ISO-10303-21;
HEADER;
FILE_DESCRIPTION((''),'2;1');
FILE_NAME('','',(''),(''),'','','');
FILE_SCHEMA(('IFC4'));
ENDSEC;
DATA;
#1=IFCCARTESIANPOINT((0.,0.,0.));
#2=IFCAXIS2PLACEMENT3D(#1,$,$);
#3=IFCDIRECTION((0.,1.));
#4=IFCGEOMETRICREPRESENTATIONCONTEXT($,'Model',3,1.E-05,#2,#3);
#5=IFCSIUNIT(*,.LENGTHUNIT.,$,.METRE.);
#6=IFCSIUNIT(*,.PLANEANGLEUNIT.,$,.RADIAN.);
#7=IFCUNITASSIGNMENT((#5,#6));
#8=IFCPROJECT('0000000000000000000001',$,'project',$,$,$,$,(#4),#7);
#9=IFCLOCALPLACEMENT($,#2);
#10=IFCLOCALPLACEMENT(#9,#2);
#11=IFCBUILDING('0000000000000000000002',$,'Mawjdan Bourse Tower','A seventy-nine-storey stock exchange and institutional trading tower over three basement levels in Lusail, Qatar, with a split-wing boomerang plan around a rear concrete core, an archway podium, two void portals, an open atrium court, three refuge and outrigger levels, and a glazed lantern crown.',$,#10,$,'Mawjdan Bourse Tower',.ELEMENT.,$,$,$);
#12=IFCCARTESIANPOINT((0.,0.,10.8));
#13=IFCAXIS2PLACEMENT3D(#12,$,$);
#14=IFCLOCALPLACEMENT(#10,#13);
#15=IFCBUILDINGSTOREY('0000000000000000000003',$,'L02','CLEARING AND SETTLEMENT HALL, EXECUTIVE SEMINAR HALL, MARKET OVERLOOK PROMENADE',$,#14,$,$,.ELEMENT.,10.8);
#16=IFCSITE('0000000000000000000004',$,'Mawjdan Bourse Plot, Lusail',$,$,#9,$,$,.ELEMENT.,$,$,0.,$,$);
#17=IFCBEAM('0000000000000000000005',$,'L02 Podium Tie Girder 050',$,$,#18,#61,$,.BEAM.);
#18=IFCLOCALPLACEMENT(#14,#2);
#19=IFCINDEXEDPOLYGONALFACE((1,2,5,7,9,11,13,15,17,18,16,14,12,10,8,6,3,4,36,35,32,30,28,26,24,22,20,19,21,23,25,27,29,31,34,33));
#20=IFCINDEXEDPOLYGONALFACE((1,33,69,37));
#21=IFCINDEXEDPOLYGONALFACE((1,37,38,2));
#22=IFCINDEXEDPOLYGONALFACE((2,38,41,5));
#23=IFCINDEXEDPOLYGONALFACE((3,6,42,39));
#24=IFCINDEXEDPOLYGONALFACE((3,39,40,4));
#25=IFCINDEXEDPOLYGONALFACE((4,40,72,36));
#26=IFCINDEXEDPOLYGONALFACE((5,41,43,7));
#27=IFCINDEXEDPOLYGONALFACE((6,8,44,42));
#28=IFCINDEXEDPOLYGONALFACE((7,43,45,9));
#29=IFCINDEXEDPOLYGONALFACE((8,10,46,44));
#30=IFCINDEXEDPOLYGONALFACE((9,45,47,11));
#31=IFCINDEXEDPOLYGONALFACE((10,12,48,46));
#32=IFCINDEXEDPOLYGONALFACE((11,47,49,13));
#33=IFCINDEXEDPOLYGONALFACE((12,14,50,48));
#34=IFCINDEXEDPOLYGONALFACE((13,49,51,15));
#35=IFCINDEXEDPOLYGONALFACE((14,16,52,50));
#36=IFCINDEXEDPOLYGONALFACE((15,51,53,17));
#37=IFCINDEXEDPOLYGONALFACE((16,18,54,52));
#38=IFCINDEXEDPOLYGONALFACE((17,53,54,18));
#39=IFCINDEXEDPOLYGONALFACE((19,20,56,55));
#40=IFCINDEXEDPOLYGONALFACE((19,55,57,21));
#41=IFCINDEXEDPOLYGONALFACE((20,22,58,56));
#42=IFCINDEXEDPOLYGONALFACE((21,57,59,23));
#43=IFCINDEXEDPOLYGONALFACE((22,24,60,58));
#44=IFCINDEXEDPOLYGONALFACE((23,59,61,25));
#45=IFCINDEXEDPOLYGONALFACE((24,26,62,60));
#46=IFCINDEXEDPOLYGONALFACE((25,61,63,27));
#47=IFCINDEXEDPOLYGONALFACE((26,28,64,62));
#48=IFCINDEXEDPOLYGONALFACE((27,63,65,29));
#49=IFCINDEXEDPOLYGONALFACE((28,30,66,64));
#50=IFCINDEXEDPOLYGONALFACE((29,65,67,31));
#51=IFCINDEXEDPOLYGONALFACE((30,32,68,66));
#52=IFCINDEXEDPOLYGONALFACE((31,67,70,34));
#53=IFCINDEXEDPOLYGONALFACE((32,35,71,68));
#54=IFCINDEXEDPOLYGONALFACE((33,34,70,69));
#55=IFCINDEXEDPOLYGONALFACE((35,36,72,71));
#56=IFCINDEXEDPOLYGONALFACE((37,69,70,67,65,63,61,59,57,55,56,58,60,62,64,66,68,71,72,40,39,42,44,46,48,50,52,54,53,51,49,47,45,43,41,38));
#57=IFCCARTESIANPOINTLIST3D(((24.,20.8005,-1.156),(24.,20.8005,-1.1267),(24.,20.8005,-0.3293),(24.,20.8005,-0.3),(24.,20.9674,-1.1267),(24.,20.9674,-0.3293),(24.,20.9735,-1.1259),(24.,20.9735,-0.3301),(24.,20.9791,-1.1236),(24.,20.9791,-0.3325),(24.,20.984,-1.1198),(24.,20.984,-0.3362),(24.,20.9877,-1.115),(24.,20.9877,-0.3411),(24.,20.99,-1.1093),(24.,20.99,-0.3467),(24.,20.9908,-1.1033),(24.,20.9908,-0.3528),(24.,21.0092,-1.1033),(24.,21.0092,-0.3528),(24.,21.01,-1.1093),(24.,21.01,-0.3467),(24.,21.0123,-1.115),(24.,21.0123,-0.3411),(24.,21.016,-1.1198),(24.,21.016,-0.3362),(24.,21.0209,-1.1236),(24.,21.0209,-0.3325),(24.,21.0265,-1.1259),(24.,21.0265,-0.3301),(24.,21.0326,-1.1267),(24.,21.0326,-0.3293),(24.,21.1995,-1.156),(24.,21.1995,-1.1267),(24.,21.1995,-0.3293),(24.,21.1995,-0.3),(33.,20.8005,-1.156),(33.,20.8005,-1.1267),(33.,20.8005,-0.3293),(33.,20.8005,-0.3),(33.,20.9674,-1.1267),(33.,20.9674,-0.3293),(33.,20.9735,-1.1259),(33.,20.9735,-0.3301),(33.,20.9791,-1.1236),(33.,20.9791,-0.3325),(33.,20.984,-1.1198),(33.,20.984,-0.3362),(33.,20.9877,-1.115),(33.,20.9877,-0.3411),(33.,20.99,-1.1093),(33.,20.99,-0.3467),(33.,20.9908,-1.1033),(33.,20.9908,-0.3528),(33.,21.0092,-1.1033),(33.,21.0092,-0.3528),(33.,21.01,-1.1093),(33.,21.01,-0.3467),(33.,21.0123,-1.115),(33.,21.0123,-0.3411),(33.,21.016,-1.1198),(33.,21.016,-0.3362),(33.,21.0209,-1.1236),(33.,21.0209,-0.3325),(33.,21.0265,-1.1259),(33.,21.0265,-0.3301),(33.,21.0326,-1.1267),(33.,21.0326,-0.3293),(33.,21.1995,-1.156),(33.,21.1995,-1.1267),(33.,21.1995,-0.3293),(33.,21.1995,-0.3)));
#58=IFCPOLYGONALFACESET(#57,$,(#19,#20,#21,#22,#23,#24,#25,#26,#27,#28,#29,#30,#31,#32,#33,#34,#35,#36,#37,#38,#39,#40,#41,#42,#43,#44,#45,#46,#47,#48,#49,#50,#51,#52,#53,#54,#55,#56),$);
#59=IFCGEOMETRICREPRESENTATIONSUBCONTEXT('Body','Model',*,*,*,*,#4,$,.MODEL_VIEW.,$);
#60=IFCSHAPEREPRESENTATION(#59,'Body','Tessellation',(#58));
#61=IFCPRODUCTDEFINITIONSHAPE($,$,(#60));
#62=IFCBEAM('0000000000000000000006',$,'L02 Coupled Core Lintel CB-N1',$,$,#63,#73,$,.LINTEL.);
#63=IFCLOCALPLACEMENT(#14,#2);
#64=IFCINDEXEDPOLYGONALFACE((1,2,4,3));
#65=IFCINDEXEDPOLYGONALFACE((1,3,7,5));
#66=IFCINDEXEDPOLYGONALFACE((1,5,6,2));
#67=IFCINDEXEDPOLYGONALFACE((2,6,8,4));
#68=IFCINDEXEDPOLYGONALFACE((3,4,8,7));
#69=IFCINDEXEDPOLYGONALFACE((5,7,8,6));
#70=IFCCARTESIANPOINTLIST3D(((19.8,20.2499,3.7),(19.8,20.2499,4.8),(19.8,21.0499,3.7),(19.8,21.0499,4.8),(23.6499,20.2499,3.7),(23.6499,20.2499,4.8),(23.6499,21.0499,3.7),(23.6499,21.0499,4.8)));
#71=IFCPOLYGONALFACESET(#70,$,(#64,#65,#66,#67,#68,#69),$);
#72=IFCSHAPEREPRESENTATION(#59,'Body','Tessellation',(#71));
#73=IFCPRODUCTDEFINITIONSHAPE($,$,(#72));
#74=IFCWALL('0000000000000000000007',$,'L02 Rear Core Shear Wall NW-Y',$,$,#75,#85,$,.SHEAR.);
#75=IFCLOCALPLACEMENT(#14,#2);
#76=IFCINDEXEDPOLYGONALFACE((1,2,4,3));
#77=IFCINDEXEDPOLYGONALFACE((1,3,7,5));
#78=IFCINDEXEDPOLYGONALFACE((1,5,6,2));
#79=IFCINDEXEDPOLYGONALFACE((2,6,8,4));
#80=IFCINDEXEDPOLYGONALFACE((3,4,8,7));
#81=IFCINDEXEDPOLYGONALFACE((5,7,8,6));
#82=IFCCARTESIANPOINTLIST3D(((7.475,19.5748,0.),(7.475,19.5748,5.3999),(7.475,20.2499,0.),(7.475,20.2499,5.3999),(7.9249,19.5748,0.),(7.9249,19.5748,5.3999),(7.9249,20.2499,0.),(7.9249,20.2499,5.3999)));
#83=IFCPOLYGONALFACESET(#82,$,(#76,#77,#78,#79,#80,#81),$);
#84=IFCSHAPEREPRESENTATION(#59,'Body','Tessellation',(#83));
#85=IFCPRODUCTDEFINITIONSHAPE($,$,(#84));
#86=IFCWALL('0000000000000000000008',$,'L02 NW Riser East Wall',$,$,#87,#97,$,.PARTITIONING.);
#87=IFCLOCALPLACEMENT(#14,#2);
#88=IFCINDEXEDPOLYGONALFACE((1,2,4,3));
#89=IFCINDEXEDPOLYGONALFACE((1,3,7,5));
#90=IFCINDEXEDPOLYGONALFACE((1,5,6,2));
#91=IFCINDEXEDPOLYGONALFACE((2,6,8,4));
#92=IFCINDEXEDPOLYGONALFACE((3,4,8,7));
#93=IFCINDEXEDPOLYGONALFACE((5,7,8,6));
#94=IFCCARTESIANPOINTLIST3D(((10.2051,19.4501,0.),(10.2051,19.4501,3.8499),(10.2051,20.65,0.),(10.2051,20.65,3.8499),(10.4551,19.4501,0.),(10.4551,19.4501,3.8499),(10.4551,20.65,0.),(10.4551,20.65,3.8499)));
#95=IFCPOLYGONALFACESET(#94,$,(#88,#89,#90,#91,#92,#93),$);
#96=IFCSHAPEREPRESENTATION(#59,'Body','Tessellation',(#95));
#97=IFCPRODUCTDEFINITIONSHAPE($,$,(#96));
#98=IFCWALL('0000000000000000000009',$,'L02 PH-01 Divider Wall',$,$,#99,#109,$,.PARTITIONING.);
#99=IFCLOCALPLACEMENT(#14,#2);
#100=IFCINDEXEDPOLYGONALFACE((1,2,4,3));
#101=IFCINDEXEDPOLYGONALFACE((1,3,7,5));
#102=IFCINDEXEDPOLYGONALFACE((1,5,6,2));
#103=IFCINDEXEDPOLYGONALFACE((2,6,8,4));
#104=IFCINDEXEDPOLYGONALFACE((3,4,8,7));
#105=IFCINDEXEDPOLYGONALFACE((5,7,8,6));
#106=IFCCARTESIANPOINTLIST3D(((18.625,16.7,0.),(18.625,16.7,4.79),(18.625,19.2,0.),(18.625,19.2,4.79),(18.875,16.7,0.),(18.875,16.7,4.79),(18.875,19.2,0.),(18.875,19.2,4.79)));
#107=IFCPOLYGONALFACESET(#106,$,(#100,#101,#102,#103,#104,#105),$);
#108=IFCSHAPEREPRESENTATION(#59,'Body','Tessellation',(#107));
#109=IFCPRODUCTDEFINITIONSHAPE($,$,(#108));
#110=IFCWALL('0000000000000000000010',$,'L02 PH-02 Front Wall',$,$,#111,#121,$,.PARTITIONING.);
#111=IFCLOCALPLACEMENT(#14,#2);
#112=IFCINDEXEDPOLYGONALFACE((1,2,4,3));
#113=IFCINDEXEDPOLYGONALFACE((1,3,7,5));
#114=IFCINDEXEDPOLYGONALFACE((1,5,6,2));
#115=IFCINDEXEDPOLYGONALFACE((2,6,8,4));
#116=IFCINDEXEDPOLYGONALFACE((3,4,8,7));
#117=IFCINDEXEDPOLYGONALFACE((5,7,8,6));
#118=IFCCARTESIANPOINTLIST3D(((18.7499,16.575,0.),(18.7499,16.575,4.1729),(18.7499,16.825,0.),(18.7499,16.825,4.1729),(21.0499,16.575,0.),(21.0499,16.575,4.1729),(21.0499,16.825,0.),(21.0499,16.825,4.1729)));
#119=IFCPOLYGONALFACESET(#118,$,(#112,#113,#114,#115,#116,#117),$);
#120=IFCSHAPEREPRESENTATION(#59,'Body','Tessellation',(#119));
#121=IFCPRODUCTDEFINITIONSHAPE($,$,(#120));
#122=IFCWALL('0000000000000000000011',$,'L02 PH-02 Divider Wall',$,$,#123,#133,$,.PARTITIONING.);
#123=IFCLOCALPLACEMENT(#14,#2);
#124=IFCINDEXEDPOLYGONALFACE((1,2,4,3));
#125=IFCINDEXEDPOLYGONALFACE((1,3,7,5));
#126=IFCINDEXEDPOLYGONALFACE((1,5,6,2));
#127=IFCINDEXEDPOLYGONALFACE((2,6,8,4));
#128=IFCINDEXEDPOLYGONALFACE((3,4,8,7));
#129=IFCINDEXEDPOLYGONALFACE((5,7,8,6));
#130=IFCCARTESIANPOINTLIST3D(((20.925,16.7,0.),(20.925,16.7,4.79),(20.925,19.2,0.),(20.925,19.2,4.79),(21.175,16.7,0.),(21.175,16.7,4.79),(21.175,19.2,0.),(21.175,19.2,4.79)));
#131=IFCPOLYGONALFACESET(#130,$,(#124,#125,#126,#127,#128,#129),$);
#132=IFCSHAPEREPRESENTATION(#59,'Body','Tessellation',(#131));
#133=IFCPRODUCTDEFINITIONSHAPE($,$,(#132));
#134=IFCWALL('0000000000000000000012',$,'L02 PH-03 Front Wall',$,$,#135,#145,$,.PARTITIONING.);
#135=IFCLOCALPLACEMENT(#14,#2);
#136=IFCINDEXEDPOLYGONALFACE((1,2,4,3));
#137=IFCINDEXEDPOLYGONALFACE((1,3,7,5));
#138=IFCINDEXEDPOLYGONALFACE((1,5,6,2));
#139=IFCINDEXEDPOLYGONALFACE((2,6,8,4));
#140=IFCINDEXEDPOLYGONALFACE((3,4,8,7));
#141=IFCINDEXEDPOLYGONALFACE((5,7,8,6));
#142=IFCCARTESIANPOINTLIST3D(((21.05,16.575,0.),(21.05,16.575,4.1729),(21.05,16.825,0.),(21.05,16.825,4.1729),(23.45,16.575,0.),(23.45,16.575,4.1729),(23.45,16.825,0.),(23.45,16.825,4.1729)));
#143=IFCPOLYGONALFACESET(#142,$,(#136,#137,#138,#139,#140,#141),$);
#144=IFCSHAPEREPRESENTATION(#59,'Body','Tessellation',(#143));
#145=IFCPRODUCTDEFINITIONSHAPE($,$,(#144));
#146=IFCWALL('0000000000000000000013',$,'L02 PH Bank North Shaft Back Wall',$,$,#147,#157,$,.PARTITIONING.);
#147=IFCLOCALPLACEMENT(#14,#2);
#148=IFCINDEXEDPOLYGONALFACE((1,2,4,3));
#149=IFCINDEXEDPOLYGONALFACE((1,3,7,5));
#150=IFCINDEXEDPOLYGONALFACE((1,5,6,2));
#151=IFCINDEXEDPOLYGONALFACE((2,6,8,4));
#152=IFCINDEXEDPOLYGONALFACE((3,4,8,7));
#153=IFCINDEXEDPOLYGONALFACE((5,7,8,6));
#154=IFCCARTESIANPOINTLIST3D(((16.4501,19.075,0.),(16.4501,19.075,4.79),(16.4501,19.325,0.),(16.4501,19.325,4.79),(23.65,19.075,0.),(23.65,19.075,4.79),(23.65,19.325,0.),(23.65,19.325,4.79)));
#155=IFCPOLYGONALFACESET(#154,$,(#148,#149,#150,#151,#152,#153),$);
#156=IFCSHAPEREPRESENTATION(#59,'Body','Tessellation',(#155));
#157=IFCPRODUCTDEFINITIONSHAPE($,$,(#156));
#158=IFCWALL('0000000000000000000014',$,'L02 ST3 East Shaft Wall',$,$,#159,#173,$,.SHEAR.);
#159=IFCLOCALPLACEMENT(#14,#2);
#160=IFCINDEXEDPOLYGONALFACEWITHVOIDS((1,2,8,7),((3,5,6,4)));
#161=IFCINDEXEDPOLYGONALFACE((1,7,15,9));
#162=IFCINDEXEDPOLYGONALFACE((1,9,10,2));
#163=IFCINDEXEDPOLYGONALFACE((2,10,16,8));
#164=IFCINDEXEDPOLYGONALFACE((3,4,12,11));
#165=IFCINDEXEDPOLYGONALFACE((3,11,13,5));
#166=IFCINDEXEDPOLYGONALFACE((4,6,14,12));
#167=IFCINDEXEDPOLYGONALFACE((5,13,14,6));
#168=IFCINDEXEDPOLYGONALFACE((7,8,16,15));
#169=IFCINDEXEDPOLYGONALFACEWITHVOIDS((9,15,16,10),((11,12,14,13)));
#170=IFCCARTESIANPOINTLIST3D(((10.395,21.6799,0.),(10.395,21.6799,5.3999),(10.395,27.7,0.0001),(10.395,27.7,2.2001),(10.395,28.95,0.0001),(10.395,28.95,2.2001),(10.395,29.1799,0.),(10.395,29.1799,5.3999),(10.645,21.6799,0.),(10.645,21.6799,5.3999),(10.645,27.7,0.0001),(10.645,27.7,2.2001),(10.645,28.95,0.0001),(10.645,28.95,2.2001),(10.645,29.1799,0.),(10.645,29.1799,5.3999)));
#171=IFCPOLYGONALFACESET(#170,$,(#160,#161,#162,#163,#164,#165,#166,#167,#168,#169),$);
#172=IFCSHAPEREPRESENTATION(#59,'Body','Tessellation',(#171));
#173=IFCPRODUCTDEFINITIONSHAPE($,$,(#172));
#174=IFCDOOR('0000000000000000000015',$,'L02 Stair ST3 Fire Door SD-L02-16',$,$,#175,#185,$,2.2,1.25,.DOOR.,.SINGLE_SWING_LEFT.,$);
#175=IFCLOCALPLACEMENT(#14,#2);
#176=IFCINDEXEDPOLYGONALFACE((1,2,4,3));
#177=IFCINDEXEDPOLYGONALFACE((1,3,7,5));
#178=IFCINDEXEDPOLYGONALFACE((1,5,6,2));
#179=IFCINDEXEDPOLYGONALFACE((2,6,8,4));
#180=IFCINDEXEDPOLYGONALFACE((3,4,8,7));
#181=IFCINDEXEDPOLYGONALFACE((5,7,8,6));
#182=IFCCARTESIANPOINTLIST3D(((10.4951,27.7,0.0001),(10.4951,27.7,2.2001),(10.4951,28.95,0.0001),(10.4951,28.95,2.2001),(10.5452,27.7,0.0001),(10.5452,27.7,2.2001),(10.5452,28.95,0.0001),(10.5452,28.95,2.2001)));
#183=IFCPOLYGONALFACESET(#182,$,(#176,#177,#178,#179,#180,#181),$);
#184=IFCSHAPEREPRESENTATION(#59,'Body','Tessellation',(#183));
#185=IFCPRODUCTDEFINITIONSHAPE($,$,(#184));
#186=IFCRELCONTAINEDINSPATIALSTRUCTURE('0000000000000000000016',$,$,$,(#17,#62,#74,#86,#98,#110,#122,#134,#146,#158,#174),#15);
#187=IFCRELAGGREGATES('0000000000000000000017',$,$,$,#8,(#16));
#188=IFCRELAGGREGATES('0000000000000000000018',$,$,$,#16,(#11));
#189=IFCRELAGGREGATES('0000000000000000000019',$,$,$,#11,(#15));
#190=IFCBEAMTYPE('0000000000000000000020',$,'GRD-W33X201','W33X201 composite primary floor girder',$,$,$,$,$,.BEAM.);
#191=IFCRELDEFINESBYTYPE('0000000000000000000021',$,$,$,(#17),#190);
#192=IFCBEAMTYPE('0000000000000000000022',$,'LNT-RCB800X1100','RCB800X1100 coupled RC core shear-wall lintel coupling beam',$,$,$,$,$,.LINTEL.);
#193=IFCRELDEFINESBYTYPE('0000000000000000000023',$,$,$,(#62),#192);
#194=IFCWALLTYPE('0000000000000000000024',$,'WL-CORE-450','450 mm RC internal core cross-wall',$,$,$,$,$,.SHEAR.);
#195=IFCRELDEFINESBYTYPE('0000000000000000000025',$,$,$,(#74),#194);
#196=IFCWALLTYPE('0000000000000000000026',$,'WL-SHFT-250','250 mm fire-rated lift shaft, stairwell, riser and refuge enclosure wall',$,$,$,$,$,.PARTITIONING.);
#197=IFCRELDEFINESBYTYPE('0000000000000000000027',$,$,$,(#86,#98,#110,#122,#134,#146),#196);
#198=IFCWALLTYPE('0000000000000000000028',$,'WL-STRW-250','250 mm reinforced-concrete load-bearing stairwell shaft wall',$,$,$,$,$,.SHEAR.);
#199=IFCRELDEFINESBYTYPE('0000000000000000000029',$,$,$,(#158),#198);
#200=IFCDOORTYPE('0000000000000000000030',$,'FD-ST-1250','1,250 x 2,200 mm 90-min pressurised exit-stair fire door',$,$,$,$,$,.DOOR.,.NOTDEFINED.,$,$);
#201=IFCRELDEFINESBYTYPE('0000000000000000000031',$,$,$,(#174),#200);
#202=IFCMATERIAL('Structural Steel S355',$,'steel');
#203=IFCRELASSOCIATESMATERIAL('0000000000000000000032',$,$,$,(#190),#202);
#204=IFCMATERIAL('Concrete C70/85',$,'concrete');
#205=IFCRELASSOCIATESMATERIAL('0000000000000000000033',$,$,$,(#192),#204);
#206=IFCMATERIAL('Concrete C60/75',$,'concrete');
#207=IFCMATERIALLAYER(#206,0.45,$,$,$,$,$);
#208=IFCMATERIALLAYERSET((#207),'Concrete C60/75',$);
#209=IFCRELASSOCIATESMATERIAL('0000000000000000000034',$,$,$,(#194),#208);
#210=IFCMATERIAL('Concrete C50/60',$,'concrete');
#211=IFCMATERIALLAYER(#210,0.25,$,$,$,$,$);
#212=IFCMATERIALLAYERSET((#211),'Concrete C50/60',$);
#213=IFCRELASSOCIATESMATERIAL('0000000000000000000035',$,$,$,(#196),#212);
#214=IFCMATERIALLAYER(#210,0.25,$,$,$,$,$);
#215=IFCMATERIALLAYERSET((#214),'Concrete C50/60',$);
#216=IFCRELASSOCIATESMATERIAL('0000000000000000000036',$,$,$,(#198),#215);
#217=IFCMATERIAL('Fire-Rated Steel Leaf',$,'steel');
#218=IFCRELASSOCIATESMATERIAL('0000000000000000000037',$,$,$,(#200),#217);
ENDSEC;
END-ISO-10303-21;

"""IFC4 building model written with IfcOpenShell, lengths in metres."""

from ifc_helpers import new_model, si_unit, direction, frame, frame_2d, origin, origin_2d, place, context, subcontext, project, spatial, rectangle, i_section, extrude, material, layer, layer_set, material_profile, profile_set, type_object, element, fill, save


model = new_model("IFC4")

# Units and contexts
model_context = context("Model", 3, precision=1e-05, world=origin(), true_north=direction((0.0, 1.0)))
body_context = subcontext(model_context, "Body", "Model", "MODEL_VIEW")
ifc_project = project(units=[si_unit("LENGTHUNIT", "METRE"), si_unit("PLANEANGLEUNIT", "RADIAN")], contexts=[model_context])

# Site, building, storey
site_placement = place(None, origin())
site = spatial("IfcSite", under=ifc_project, at=site_placement, Name="Mawjdan Bourse Plot, Lusail", CompositionType="ELEMENT", RefElevation=0.0)
building_placement = place(site_placement, origin())
building = spatial("IfcBuilding", under=site, at=building_placement, Name="Mawjdan Bourse Tower", Description="A seventy-nine-storey stock exchange and institutional trading tower over three basement levels in Lusail, Qatar, with a split-wing boomerang plan around a rear concrete core, an archway podium, two void portals, an open atrium court, three refuge and outrigger levels, and a glazed lantern crown.", LongName="Mawjdan Bourse Tower", CompositionType="ELEMENT")
storey_placement = place(building_placement, frame((0.0, 0.0, 10.8)))
storey = spatial("IfcBuildingStorey", under=building, at=storey_placement, Name="L02", Description="CLEARING AND SETTLEMENT HALL, EXECUTIVE SEMINAR HALL, MARKET OVERLOOK PROMENADE", CompositionType="ELEMENT", Elevation=10.8)

# Beams
ifc_material_1 = material(Name="Structural Steel S355", Category="steel")
ifc_material_profile_1 = material_profile(ifc_material_1, i_section(OverallWidth=0.3989, OverallDepth=0.856, WebThickness=0.0183, FlangeThickness=0.0293, FilletRadius=0.0234, at=origin_2d()), Name="W33X201")
ifc_profile_set_1 = profile_set([ifc_material_profile_1], Name="Structural Steel S355")
beam_type_1 = type_object("IfcBeamType", Name="GRD-W33X201", Description="W33X201 composite primary floor girder", PredefinedType="BEAM", material=ifc_profile_set_1)
for number, where, z_axis, x_axis, name in (
    (1, (24.0, 21.0, -0.728), (1.0, 0.0, 0.0), (0.0, 1.0, 0.0), "L02 Podium Tie Girder 050"),
):
    element("IfcBeam", number, at=place(storey_placement, frame(where, z_axis=z_axis, x_axis=x_axis)), inside=storey, type_object=beam_type_1, Name=name, PredefinedType="BEAM", context=body_context, shape_type="SweptSolid", body=[
        extrude(i_section(OverallWidth=0.3989, OverallDepth=0.856, WebThickness=0.0183, FlangeThickness=0.0293, FilletRadius=0.0234, at=origin_2d()), origin(), (0.0, 0.0, 1.0), 9.0),
    ])
ifc_material_2 = material(Name="Concrete C70/85", Category="concrete")
ifc_material_profile_2 = material_profile(ifc_material_2, rectangle(XDim=0.8, YDim=1.1001, at=origin_2d()), Name="RCB800X1100")
ifc_profile_set_2 = profile_set([ifc_material_profile_2], Name="Concrete C70/85")
beam_type_2 = type_object("IfcBeamType", Name="LNT-RCB800X1100", Description="RCB800X1100 coupled RC core shear-wall lintel coupling beam", PredefinedType="LINTEL", material=ifc_profile_set_2)
beam_1_placement = place(storey_placement, frame((19.8, 20.6499, 4.25), z_axis=(1.0, 0.0, 0.0), x_axis=(0.0, 1.0, 0.0)))
element("IfcBeam", 2, at=beam_1_placement, inside=storey, type_object=beam_type_2, Name="L02 Coupled Core Lintel CB-N1", PredefinedType="LINTEL", context=body_context, shape_type="SweptSolid", body=[
    extrude(rectangle(XDim=0.8, YDim=1.1001, at=origin_2d()), origin(), (0.0, 0.0, 1.0), 3.8499),
])

# Walls
ifc_material_3 = material(Name="Concrete C60/75", Category="concrete")
ifc_layer_1 = layer(ifc_material_3, 0.45)
ifc_layer_set_1 = layer_set([ifc_layer_1], Name="Concrete C60/75")
wall_type_1 = type_object("IfcWallType", Name="WL-CORE-450", Description="450 mm RC internal core cross-wall", PredefinedType="SHEAR", material=ifc_layer_set_1)
wall_1_placement = place(storey_placement, frame((7.7, 19.575, 0.0), z_axis=(0.0, 0.0, 1.0), x_axis=(0.0, 1.0, 0.0)))
element("IfcWall", 3, at=wall_1_placement, inside=storey, type_object=wall_type_1, Name="L02 Rear Core Shear Wall NW-Y", PredefinedType="SHEAR", context=body_context, shape_type="SweptSolid", body=[
    extrude(rectangle(XDim=0.675, YDim=0.45, at=frame_2d((0.3374, 0.0))), origin(), (0.0, 0.0, 1.0), 5.3999),
])
ifc_material_4 = material(Name="Concrete C50/60", Category="concrete")
ifc_layer_2 = layer(ifc_material_4, 0.25)
ifc_layer_set_2 = layer_set([ifc_layer_2], Name="Concrete C50/60")
wall_type_2 = type_object("IfcWallType", Name="WL-SHFT-250", Description="250 mm fire-rated lift shaft, stairwell, riser and refuge enclosure wall", PredefinedType="PARTITIONING", material=ifc_layer_set_2)
wall_2_placement = place(storey_placement, frame((10.3301, 19.45, 0.0), z_axis=(0.0, 0.0, 1.0), x_axis=(0.0, 1.0, 0.0)))
element("IfcWall", 4, at=wall_2_placement, inside=storey, type_object=wall_type_2, Name="L02 NW Riser East Wall", PredefinedType="PARTITIONING", context=body_context, shape_type="SweptSolid", body=[
    extrude(rectangle(XDim=1.2, YDim=0.25, at=frame_2d((0.6001, 0.0))), origin(), (0.0, 0.0, 1.0), 3.8499),
])
wall_3_placement = place(storey_placement, frame((18.75, 16.7, 0.0), z_axis=(0.0, 0.0, 1.0), x_axis=(0.0, 1.0, 0.0)))
element("IfcWall", 5, at=wall_3_placement, inside=storey, type_object=wall_type_2, Name="L02 PH-01 Divider Wall", PredefinedType="PARTITIONING", context=body_context, shape_type="SweptSolid", body=[
    extrude(rectangle(XDim=2.5, YDim=0.25, at=frame_2d((1.25, 0.0))), origin(), (0.0, 0.0, 1.0), 4.79),
])
wall_4_placement = place(storey_placement, frame((18.75, 16.7, 0.0), z_axis=(0.0, 0.0, 1.0), x_axis=(1.0, 0.0, 0.0)))
element("IfcWall", 6, at=wall_4_placement, inside=storey, type_object=wall_type_2, Name="L02 PH-02 Front Wall", PredefinedType="PARTITIONING", context=body_context, shape_type="SweptSolid", body=[
    extrude(rectangle(XDim=2.3, YDim=0.25, at=frame_2d((1.1499, 0.0))), origin(), (0.0, 0.0, 1.0), 4.1729),
])
wall_5_placement = place(storey_placement, frame((21.05, 16.7, 0.0), z_axis=(0.0, 0.0, 1.0), x_axis=(0.0, 1.0, 0.0)))
element("IfcWall", 7, at=wall_5_placement, inside=storey, type_object=wall_type_2, Name="L02 PH-02 Divider Wall", PredefinedType="PARTITIONING", context=body_context, shape_type="SweptSolid", body=[
    extrude(rectangle(XDim=2.5, YDim=0.25, at=frame_2d((1.25, 0.0))), origin(), (0.0, 0.0, 1.0), 4.79),
])
wall_6_placement = place(storey_placement, frame((21.05, 16.7, 0.0), z_axis=(0.0, 0.0, 1.0), x_axis=(1.0, 0.0, 0.0)))
element("IfcWall", 8, at=wall_6_placement, inside=storey, type_object=wall_type_2, Name="L02 PH-03 Front Wall", PredefinedType="PARTITIONING", context=body_context, shape_type="SweptSolid", body=[
    extrude(rectangle(XDim=2.3999, YDim=0.25, at=frame_2d((1.2, 0.0))), origin(), (0.0, 0.0, 1.0), 4.1729),
])
wall_7_placement = place(storey_placement, frame((16.45, 19.2, 0.0), z_axis=(0.0, 0.0, 1.0), x_axis=(1.0, 0.0, 0.0)))
element("IfcWall", 9, at=wall_7_placement, inside=storey, type_object=wall_type_2, Name="L02 PH Bank North Shaft Back Wall", PredefinedType="PARTITIONING", context=body_context, shape_type="SweptSolid", body=[
    extrude(rectangle(XDim=7.2, YDim=0.25, at=frame_2d((3.6001, 0.0))), origin(), (0.0, 0.0, 1.0), 4.79),
])
ifc_layer_3 = layer(ifc_material_4, 0.25)
ifc_layer_set_3 = layer_set([ifc_layer_3], Name="Concrete C50/60")
wall_type_3 = type_object("IfcWallType", Name="WL-STRW-250", Description="250 mm reinforced-concrete load-bearing stairwell shaft wall", PredefinedType="SHEAR", material=ifc_layer_set_3)

# Wall, opening, door
wall_8_placement = place(storey_placement, frame((10.52, 21.6799, 0.0), z_axis=(0.0, 0.0, 1.0), x_axis=(0.0, 1.0, 0.0)))
wall_8 = element("IfcWall", 10, at=wall_8_placement, inside=storey, type_object=wall_type_3, Name="L02 ST3 East Shaft Wall", PredefinedType="SHEAR", context=body_context, shape_type="SweptSolid", body=[
    extrude(rectangle(XDim=7.5, YDim=0.25, at=frame_2d((3.75, 0.0))), origin(), (0.0, 0.0, 1.0), 5.3999),
])
opening_placement = place(wall_8_placement, frame((6.02, 0.0, 0.0)))
opening = element("IfcOpeningElement", 11, at=opening_placement, cuts=wall_8, PredefinedType="OPENING", context=body_context, shape_type="SweptSolid", body=[
    extrude(rectangle(XDim=1.25, YDim=2.2, at=frame_2d((0.625, 1.1001))), frame((0.0, 0.135, 0.0), z_axis=(0.0, -1.0, 0.0), x_axis=(1.0, 0.0, 0.0)), (0.0, 0.0, 1.0), 0.27),
])
ifc_material_5 = material(Name="Fire-Rated Steel Leaf", Category="steel")
door_type = type_object("IfcDoorType", Name="FD-ST-1250", Description="1,250 x 2,200 mm 90-min pressurised exit-stair fire door", OperationType="NOTDEFINED", PredefinedType="DOOR", material=ifc_material_5)
door_placement = place(opening_placement, origin())
door = element("IfcDoor", 12, at=door_placement, inside=storey, type_object=door_type, Name="L02 Stair ST3 Fire Door SD-L02-16", OperationType="SINGLE_SWING_LEFT", OverallHeight=2.2, OverallWidth=1.25, PredefinedType="DOOR", context=body_context, shape_type="SweptSolid", body=[
    extrude(rectangle(XDim=1.25, YDim=2.2, at=frame_2d((0.625, 1.1001))), frame((0.0, 0.0249, 0.0), z_axis=(0.0, -1.0, 0.0), x_axis=(1.0, 0.0, 0.0)), (0.0, 0.0, 1.0), 0.05),
])
fill(opening, door)

save(model, "model.ifc")
